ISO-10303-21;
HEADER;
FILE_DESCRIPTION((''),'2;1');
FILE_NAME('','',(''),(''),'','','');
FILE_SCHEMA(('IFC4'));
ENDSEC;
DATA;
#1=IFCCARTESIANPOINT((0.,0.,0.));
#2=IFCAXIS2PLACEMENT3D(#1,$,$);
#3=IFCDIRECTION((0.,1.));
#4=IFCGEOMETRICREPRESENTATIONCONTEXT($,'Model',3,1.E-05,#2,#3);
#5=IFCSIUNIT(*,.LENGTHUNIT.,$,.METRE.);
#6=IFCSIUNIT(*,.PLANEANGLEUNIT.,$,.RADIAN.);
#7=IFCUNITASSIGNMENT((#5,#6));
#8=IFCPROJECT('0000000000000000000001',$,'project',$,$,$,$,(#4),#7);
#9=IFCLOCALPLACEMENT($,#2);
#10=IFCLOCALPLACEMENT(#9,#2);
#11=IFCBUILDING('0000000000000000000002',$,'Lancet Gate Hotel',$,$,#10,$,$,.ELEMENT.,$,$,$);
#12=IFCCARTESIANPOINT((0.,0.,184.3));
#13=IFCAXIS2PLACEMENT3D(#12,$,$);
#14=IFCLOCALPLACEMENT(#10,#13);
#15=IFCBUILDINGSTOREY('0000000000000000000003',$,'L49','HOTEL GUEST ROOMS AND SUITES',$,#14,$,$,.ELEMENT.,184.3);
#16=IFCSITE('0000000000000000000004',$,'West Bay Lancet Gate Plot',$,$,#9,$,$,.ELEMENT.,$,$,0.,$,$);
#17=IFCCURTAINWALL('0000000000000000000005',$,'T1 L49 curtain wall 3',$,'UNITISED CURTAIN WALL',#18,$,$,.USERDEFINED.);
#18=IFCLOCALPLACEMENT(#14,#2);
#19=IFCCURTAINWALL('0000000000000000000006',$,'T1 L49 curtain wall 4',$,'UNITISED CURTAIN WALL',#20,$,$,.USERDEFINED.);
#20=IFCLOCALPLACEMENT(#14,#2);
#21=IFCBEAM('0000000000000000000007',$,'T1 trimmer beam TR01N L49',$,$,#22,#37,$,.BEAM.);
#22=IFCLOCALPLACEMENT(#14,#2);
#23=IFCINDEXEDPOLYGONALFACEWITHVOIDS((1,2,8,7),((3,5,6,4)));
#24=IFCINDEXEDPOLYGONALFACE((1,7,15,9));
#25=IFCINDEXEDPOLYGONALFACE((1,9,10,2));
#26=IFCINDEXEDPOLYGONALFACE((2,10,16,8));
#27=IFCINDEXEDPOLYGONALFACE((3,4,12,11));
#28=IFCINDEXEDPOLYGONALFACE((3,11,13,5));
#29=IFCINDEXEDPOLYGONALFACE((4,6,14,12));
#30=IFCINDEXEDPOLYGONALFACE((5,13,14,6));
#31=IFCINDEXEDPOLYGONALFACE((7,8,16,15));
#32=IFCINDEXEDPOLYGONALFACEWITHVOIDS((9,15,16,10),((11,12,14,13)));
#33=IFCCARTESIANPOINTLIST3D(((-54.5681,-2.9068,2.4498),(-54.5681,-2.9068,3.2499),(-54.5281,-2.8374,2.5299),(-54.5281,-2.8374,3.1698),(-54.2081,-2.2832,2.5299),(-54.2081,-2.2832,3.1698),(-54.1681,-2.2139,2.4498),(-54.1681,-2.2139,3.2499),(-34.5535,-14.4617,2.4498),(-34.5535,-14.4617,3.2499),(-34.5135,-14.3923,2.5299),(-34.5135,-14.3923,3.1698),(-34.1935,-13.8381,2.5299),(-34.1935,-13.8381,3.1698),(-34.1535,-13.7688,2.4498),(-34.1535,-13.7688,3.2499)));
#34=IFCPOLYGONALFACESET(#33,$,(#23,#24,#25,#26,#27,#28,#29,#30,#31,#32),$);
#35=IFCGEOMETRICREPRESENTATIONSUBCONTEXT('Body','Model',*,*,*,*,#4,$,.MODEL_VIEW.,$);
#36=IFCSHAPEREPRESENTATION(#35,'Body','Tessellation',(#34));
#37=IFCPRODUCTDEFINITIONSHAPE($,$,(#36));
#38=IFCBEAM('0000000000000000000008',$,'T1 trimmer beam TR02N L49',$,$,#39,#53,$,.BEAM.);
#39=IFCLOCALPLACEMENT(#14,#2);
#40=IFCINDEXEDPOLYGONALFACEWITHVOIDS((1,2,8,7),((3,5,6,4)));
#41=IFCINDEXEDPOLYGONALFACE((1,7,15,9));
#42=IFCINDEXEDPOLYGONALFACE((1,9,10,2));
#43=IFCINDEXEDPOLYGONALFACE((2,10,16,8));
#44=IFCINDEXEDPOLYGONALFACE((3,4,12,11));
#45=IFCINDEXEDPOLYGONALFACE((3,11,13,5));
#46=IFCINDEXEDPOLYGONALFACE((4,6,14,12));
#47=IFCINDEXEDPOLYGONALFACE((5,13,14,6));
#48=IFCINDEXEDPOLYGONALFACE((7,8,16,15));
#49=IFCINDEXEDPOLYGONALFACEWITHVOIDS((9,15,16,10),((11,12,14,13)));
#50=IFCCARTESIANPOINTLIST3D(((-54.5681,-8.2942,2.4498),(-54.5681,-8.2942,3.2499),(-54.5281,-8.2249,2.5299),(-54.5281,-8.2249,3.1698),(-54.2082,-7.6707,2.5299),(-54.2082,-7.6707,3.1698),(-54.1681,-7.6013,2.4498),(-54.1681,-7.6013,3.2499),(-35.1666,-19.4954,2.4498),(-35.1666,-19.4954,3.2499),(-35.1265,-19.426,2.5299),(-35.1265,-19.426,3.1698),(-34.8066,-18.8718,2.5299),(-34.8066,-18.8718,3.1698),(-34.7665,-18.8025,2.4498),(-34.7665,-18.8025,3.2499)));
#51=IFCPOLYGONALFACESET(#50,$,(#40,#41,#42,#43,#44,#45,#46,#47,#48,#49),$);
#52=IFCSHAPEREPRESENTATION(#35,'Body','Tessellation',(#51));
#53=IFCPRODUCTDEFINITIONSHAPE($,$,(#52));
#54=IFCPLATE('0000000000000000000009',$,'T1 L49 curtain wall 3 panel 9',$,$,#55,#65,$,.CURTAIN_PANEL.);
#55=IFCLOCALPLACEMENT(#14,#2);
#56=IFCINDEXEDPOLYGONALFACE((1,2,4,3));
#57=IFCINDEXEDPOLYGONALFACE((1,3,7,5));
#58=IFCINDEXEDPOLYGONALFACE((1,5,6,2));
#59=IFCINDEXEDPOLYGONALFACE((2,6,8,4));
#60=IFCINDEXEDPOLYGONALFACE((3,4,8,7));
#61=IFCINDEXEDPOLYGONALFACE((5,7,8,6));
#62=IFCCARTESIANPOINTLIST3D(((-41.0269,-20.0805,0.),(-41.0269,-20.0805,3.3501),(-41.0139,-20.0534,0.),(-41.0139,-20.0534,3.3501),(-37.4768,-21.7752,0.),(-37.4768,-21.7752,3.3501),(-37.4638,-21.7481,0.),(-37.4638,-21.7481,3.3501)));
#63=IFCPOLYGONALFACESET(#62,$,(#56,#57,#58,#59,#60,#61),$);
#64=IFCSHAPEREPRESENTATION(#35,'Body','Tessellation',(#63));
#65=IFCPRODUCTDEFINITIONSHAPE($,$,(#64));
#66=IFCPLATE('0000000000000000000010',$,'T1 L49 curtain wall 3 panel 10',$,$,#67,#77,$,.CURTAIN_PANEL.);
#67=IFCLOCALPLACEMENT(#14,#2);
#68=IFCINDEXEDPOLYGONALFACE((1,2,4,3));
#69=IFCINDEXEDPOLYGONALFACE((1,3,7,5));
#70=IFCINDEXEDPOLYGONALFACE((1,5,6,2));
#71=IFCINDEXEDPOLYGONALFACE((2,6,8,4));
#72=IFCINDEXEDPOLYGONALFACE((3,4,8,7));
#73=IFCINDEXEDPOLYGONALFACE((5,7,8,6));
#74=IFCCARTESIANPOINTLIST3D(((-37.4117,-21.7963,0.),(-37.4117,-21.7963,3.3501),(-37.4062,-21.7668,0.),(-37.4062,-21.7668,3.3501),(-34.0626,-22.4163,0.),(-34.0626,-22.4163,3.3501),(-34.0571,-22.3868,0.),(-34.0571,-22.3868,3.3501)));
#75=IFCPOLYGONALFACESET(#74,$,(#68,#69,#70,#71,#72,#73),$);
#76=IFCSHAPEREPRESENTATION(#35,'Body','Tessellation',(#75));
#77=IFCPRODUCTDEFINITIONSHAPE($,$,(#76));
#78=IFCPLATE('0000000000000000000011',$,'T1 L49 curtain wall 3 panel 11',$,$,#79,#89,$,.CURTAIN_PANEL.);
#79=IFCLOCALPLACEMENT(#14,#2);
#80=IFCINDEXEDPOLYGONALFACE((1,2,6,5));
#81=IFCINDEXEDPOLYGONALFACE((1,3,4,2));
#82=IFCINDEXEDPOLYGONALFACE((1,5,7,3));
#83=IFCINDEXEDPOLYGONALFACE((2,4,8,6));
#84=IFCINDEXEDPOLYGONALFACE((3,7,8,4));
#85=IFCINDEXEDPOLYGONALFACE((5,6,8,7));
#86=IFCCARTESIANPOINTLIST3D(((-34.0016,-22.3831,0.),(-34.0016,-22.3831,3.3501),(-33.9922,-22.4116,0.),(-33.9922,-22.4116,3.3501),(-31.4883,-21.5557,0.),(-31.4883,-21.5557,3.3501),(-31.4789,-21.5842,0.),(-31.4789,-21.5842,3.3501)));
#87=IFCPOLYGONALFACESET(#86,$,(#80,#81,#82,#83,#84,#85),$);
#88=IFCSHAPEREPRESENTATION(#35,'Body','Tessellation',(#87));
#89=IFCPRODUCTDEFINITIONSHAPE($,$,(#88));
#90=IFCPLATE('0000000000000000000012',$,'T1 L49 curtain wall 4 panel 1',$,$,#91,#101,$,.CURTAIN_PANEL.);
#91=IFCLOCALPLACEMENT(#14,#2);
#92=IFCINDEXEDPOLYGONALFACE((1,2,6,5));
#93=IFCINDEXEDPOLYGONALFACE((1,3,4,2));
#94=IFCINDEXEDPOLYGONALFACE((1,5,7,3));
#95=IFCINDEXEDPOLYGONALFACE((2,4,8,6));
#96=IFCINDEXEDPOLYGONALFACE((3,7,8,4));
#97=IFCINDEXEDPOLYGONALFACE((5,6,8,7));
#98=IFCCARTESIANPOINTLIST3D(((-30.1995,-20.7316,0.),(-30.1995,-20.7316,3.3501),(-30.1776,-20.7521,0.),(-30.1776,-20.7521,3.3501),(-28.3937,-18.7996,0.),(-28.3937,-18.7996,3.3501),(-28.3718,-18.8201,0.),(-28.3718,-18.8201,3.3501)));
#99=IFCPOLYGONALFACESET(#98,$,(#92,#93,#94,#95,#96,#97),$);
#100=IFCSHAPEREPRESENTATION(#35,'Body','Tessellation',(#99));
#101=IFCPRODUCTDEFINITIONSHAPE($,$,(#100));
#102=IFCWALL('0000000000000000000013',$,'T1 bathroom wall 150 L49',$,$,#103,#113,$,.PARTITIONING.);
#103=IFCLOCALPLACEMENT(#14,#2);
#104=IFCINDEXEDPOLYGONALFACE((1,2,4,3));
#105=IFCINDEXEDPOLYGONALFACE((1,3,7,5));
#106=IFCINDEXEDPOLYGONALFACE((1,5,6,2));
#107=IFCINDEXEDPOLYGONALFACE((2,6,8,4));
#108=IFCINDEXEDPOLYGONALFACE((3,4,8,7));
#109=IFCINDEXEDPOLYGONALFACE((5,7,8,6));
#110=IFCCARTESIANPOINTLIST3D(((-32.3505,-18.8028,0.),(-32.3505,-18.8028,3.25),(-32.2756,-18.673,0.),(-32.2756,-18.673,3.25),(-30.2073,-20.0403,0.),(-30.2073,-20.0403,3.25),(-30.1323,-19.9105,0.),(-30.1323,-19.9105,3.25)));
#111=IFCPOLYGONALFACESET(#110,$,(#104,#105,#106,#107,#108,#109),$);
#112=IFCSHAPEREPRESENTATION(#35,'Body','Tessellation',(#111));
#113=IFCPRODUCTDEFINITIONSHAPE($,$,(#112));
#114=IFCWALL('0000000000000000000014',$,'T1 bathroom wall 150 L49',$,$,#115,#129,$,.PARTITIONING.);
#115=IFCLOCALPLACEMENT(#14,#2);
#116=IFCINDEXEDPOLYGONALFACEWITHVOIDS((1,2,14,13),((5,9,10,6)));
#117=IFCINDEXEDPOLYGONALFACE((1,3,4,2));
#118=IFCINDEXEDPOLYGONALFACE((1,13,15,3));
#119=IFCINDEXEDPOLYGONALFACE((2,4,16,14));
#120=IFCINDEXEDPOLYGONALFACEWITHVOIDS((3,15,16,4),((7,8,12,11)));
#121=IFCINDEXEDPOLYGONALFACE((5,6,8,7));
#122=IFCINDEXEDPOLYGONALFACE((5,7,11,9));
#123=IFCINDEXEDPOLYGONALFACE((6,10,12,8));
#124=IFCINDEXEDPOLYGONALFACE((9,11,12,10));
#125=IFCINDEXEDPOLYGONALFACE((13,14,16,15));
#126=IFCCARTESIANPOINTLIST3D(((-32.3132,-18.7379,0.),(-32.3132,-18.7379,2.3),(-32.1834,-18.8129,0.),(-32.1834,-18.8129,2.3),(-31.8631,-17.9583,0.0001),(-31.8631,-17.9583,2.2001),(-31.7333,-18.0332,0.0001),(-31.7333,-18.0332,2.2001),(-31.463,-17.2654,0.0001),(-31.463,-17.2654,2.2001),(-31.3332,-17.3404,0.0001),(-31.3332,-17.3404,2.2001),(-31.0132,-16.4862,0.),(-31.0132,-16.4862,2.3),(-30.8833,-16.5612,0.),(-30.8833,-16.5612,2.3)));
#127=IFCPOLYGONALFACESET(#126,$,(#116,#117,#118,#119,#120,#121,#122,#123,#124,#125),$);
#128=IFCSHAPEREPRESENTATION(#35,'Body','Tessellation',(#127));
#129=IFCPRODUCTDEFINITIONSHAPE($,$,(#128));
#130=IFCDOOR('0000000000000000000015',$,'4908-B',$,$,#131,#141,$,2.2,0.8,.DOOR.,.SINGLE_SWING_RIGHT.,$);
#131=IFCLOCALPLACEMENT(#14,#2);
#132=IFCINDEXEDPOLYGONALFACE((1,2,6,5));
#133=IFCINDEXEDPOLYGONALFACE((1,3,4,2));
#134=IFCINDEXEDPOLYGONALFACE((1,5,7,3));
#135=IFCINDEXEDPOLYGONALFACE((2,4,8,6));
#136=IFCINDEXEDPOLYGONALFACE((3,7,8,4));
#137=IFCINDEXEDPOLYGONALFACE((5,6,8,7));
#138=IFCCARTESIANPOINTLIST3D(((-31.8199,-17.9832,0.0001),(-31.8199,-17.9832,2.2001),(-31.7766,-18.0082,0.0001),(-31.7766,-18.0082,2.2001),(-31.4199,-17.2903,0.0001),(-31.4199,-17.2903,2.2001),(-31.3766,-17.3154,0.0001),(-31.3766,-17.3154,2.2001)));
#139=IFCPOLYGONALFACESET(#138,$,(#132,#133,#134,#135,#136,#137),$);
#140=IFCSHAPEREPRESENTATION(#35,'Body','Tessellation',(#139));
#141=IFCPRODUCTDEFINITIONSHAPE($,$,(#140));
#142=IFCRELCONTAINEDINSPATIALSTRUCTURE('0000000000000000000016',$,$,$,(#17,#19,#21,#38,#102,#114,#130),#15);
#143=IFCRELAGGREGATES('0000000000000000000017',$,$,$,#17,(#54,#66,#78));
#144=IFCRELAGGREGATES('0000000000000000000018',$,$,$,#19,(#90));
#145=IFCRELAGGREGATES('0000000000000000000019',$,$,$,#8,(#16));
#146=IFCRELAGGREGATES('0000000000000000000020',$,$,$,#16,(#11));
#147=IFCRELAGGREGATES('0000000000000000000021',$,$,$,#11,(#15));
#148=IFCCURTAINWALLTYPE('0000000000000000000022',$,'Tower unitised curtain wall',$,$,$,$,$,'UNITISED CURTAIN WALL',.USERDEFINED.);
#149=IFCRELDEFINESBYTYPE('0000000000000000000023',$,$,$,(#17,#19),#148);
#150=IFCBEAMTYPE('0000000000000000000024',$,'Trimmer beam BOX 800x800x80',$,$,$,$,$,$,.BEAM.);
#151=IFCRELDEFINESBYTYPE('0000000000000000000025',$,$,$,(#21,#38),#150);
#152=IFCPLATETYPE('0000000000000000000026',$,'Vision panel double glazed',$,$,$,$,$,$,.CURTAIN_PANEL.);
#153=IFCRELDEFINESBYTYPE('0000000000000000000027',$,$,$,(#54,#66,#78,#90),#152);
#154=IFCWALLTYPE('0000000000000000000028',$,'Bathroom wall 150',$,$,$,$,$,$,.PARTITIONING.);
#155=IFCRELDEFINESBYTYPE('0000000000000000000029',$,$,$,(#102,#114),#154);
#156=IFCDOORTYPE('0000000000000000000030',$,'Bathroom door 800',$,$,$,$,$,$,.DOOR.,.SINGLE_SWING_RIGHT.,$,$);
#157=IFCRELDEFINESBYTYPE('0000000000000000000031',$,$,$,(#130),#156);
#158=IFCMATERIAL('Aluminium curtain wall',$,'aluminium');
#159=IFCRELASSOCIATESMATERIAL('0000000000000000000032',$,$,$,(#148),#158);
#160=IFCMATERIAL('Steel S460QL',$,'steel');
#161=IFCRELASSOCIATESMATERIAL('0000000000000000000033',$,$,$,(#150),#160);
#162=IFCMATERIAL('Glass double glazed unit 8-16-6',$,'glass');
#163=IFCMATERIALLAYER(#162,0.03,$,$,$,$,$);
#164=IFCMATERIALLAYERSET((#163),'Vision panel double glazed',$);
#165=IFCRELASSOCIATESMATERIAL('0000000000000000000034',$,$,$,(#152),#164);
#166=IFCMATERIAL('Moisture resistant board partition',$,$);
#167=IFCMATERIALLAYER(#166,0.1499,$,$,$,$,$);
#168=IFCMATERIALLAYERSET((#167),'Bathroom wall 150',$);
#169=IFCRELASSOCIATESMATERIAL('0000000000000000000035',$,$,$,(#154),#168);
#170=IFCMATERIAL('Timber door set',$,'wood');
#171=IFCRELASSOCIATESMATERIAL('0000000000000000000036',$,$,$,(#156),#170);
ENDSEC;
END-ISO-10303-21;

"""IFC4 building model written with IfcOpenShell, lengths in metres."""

from ifc_helpers import new_model, si_unit, direction, frame, frame_2d, origin, origin_2d, place, context, subcontext, project, spatial, rectangle, hollow_rectangle, extrude, material, layer, layer_set, material_profile, profile_set, type_object, element, fill, aggregate, save


model = new_model("IFC4")

# Units and contexts
model_context = context("Model", 3, precision=1e-05, world=origin(), true_north=direction((0.0, 1.0)))
body_context = subcontext(model_context, "Body", "Model", "MODEL_VIEW")
ifc_project = project(units=[si_unit("LENGTHUNIT", "METRE"), si_unit("PLANEANGLEUNIT", "RADIAN")], contexts=[model_context])

# Site, building, storey
site_placement = place(None, origin())
site = spatial("IfcSite", under=ifc_project, at=site_placement, Name="West Bay Lancet Gate Plot", CompositionType="ELEMENT", RefElevation=0.0)
building_placement = place(site_placement, origin())
building = spatial("IfcBuilding", under=site, at=building_placement, Name="Lancet Gate Hotel", CompositionType="ELEMENT")
storey_placement = place(building_placement, frame((0.0, 0.0, 184.3)))
storey = spatial("IfcBuildingStorey", under=building, at=storey_placement, Name="L49", Description="HOTEL GUEST ROOMS AND SUITES", CompositionType="ELEMENT", Elevation=184.3)

# Curtain wall
ifc_material_1 = material(Name="Aluminium curtain wall", Category="aluminium")
curtain_wall_type = type_object("IfcCurtainWallType", Name="Tower unitised curtain wall", ElementType="UNITISED CURTAIN WALL", PredefinedType="USERDEFINED", material=ifc_material_1)
curtain_wall_1_placement = place(storey_placement, origin())
curtain_wall_1 = element("IfcCurtainWall", 1, at=curtain_wall_1_placement, inside=storey, type_object=curtain_wall_type, Name="T1 L49 curtain wall 3", ObjectType="UNITISED CURTAIN WALL", PredefinedType="USERDEFINED")

# Curtain wall
curtain_wall_2_placement = place(storey_placement, origin())
curtain_wall_2 = element("IfcCurtainWall", 2, at=curtain_wall_2_placement, inside=storey, type_object=curtain_wall_type, Name="T1 L49 curtain wall 4", ObjectType="UNITISED CURTAIN WALL", PredefinedType="USERDEFINED")

# Beams
ifc_material_2 = material(Name="Steel S460QL", Category="steel")
ifc_material_profile_1 = material_profile(ifc_material_2, hollow_rectangle(XDim=0.8, YDim=0.8, WallThickness=0.0801, at=origin_2d()), Name="BOX 800x800x80")
ifc_profile_set_1 = profile_set([ifc_material_profile_1], Name="Steel S460QL")
beam_type_1 = type_object("IfcBeamType", Name="Trimmer beam BOX 800x800x80", PredefinedType="BEAM", material=ifc_profile_set_1)
beam_1_placement = place(storey_placement, frame((-34.3535, -14.1152, 2.8499), z_axis=(-0.866035, 0.499983, 0.0), x_axis=(-0.499983, -0.866035, 0.0)))
element("IfcBeam", 3, at=beam_1_placement, inside=storey, type_object=beam_type_1, Name="T1 trimmer beam TR01N L49", PredefinedType="BEAM", context=body_context, shape_type="SweptSolid", body=[
    extrude(hollow_rectangle(XDim=0.8, YDim=0.8, WallThickness=0.0801, at=origin_2d()), origin(), (0.0, 0.0, 1.0), 23.1106),
])
beam_2_placement = place(storey_placement, frame((-34.9666, -19.1489, 2.8499), z_axis=(-0.866032, 0.499988, 0.0), x_axis=(-0.499988, -0.866032, 0.0)))
element("IfcBeam", 4, at=beam_2_placement, inside=storey, type_object=beam_type_1, Name="T1 trimmer beam TR02N L49", PredefinedType="BEAM", context=body_context, shape_type="SweptSolid", body=[
    extrude(hollow_rectangle(XDim=0.8, YDim=0.8, WallThickness=0.0801, at=origin_2d()), origin(), (0.0, 0.0, 1.0), 22.4028),
])

# Plates
ifc_material_3 = material(Name="Glass double glazed unit 8-16-6", Category="glass")
ifc_layer_1 = layer(ifc_material_3, 0.03)
ifc_layer_set_1 = layer_set([ifc_layer_1], Name="Vision panel double glazed")
plate_type = type_object("IfcPlateType", Name="Vision panel double glazed", PredefinedType="CURTAIN_PANEL", material=ifc_layer_set_1)
plate_1_placement = place(storey_placement, frame((-39.2454, -20.9143, 0.0), z_axis=(0.0, 0.0, 1.0), x_axis=(0.902454, -0.430787, 0.0)))
plate_1 = element("IfcPlate", 5, at=plate_1_placement, type_object=plate_type, Name="T1 L49 curtain wall 3 panel 9", PredefinedType="CURTAIN_PANEL", context=body_context, shape_type="SweptSolid", body=[
    extrude(rectangle(XDim=3.9338, YDim=0.03, at=origin_2d()), origin(), (0.0, 0.0, 1.0), 3.3501),
])
plate_2_placement = place(storey_placement, frame((-35.7344, -22.0916, 0.0), z_axis=(0.0, 0.0, 1.0), x_axis=(0.983292, -0.182033, 0.0)))
plate_2 = element("IfcPlate", 6, at=plate_2_placement, type_object=plate_type, Name="T1 L49 curtain wall 3 panel 10", PredefinedType="CURTAIN_PANEL", context=body_context, shape_type="SweptSolid", body=[
    extrude(rectangle(XDim=3.406, YDim=0.03, at=origin_2d()), origin(), (0.0, 0.0, 1.0), 3.3501),
])
plate_3_placement = place(storey_placement, frame((-32.7402, -21.9836, 0.0), z_axis=(0.0, 0.0, 1.0), x_axis=(0.949848, 0.312712, 0.0)))
plate_3 = element("IfcPlate", 7, at=plate_3_placement, type_object=plate_type, Name="T1 L49 curtain wall 3 panel 11", PredefinedType="CURTAIN_PANEL", context=body_context, shape_type="SweptSolid", body=[
    extrude(rectangle(XDim=2.646, YDim=0.03, at=origin_2d()), origin(), (0.0, 0.0, 1.0), 3.3501),
])
aggregate(curtain_wall_1, [plate_1, plate_2, plate_3])
plate_4_placement = place(storey_placement, frame((-29.2856, -19.7759, 0.0), z_axis=(0.0, 0.0, 1.0), x_axis=(0.682845, 0.730563, 0.0)))
plate_4 = element("IfcPlate", 8, at=plate_4_placement, type_object=plate_type, Name="T1 L49 curtain wall 4 panel 1", PredefinedType="CURTAIN_PANEL", context=body_context, shape_type="SweptSolid", body=[
    extrude(rectangle(XDim=2.6445, YDim=0.03, at=origin_2d()), origin(), (0.0, 0.0, 1.0), 3.3501),
])
aggregate(curtain_wall_2, [plate_4])

# Wall
ifc_material_4 = material(Name="Moisture resistant board partition")
ifc_layer_2 = layer(ifc_material_4, 0.1499)
ifc_layer_set_2 = layer_set([ifc_layer_2], Name="Bathroom wall 150")
wall_type_1 = type_object("IfcWallType", Name="Bathroom wall 150", PredefinedType="PARTITIONING", material=ifc_layer_set_2)
wall_1_placement = place(storey_placement, frame((-30.1699, -19.9753, 0.0), z_axis=(0.0, 0.0, 1.0), x_axis=(-0.866007, 0.500033, 0.0)))
element("IfcWall", 9, at=wall_1_placement, inside=storey, type_object=wall_type_1, Name="T1 bathroom wall 150 L49", PredefinedType="PARTITIONING", context=body_context, shape_type="SweptSolid", body=[
    extrude(rectangle(XDim=2.4749, YDim=0.1499, at=frame_2d((1.2373, 0.0))), origin(), (0.0, 0.0, 1.0), 3.25),
])

# Wall, opening, door
wall_2_placement = place(storey_placement, frame((-30.9482, -16.5237, 0.0), z_axis=(0.0, 0.0, 1.0), x_axis=(-0.500007, -0.866021, 0.0)))
wall_2 = element("IfcWall", 10, at=wall_2_placement, inside=storey, type_object=wall_type_1, Name="T1 bathroom wall 150 L49", PredefinedType="PARTITIONING", context=body_context, shape_type="SweptSolid", body=[
    extrude(rectangle(XDim=2.6001, YDim=0.1499, at=frame_2d((1.3, 0.0))), origin(), (0.0, 0.0, 1.0), 2.3),
])
opening_1_placement = place(wall_2_placement, frame((0.8999, 0.0, 0.0)))
opening_1 = element("IfcOpeningElement", 11, at=opening_1_placement, cuts=wall_2, PredefinedType="OPENING", context=body_context, shape_type="SweptSolid", body=[
    extrude(rectangle(XDim=0.8, YDim=2.2, at=frame_2d((0.3999, 1.1001))), frame((0.0, 0.085, 0.0), z_axis=(0.0, -1.0, 0.0), x_axis=(1.0, 0.0, 0.0)), (0.0, 0.0, 1.0), 0.1699),
])
ifc_material_5 = material(Name="Timber door set", Category="wood")
door_type_1 = type_object("IfcDoorType", Name="Bathroom door 800", OperationType="SINGLE_SWING_RIGHT", PredefinedType="DOOR", material=ifc_material_5)
door_1_placement = place(opening_1_placement, origin())
door_1 = element("IfcDoor", 12, at=door_1_placement, inside=storey, type_object=door_type_1, Name="4908-B", OperationType="SINGLE_SWING_RIGHT", OverallHeight=2.2, OverallWidth=0.8, PredefinedType="DOOR", context=body_context, shape_type="SweptSolid", body=[
    extrude(rectangle(XDim=0.8, YDim=2.2, at=frame_2d((0.3999, 1.1001))), frame((0.0, 0.0249, 0.0), z_axis=(0.0, -1.0, 0.0), x_axis=(1.0, 0.0, 0.0)), (0.0, 0.0, 1.0), 0.05),
])
fill(opening_1, door_1)

save(model, "model.ifc")
